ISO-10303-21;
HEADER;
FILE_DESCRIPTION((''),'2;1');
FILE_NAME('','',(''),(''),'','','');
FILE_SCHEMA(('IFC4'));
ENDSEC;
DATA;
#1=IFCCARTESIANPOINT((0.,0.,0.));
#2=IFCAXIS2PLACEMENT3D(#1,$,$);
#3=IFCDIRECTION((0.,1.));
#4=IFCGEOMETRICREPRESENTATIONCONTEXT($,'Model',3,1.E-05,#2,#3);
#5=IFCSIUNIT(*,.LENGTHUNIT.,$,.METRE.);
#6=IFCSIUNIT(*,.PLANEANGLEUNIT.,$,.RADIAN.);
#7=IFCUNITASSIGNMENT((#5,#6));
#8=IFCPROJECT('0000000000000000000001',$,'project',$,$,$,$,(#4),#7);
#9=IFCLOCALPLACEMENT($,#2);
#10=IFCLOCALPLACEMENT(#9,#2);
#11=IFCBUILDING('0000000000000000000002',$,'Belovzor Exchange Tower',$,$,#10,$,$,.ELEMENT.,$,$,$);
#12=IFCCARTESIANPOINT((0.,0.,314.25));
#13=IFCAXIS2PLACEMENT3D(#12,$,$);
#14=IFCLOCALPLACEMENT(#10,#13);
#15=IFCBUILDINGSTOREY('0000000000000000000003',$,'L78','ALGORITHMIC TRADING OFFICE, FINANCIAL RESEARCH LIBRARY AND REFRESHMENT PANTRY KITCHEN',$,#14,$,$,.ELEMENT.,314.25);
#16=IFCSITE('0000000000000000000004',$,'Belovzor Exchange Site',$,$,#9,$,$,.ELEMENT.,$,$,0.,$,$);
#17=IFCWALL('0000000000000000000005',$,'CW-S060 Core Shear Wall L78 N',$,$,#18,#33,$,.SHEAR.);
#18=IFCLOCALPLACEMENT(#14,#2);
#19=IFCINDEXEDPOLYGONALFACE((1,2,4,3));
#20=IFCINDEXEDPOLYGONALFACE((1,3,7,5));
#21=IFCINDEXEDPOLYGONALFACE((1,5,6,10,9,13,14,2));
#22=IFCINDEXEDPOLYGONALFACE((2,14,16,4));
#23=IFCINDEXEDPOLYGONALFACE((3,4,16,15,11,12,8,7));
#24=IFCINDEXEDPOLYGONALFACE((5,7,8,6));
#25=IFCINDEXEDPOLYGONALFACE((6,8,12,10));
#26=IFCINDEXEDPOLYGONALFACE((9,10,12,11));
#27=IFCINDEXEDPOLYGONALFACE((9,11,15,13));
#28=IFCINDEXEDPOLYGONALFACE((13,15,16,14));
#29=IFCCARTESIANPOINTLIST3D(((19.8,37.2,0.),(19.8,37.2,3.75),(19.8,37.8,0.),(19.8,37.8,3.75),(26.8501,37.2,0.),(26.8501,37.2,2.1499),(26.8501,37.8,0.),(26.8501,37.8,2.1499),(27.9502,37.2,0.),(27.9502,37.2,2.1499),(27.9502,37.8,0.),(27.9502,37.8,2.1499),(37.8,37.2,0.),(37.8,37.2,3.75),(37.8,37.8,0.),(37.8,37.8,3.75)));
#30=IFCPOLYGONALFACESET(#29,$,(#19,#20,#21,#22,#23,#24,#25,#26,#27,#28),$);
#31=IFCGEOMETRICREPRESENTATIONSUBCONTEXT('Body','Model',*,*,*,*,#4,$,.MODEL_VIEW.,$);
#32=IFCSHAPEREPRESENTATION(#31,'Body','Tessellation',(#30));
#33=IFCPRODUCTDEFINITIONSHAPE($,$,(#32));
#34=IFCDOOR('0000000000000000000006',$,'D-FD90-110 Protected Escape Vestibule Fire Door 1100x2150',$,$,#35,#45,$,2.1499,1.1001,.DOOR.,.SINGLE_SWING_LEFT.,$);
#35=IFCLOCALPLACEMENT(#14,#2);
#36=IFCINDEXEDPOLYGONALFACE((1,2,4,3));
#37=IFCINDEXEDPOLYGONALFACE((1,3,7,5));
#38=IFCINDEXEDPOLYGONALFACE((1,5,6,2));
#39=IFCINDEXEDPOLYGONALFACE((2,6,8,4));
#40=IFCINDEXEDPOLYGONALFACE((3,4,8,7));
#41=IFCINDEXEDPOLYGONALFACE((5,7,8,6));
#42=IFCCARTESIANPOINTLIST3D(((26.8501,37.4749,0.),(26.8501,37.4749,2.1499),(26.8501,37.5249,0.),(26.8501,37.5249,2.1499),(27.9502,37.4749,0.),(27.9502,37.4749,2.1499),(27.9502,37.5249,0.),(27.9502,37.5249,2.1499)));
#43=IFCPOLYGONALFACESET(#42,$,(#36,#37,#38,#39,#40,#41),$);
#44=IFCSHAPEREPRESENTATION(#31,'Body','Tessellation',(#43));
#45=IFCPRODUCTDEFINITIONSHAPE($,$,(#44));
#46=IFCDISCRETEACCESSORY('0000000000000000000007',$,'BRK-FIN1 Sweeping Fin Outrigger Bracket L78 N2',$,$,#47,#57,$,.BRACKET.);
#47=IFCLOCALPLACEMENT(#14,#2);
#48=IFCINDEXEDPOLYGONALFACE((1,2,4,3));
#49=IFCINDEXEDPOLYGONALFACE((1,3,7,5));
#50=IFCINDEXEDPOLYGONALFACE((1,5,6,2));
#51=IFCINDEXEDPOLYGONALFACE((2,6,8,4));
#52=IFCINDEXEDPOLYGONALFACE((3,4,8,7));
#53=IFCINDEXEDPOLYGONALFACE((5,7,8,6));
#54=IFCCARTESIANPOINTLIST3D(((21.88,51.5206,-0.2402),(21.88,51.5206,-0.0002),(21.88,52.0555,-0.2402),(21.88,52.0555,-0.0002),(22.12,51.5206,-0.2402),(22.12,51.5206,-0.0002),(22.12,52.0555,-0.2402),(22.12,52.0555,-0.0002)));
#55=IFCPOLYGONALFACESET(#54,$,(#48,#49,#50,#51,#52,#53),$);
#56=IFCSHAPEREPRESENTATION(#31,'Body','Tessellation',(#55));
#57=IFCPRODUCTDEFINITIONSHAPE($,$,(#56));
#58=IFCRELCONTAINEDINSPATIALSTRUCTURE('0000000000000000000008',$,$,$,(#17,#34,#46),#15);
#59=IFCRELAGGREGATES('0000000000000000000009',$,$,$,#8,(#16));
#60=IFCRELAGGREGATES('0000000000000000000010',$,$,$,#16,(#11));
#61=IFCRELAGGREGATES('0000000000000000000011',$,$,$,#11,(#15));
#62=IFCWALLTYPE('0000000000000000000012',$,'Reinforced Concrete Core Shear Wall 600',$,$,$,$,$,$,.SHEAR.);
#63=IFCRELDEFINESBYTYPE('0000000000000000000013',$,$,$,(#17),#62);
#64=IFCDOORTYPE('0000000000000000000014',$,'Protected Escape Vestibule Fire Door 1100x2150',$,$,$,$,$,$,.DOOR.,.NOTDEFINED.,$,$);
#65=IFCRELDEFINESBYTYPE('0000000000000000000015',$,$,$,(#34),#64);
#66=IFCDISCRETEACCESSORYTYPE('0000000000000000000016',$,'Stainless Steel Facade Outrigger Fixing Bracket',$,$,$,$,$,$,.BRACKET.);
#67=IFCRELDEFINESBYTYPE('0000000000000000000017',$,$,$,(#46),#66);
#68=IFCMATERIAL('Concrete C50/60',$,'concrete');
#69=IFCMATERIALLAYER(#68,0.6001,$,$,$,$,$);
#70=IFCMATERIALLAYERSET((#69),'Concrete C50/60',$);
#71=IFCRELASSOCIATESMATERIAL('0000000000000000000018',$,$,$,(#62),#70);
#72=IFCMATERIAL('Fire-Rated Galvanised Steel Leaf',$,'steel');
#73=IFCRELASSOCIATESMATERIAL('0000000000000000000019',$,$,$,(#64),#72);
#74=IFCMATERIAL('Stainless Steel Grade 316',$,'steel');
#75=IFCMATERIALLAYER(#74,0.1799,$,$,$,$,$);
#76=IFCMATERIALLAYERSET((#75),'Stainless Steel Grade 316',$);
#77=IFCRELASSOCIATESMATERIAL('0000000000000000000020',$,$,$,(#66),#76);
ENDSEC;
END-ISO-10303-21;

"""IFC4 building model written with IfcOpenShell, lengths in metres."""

from ifc_helpers import new_model, si_unit, direction, frame, frame_2d, origin, origin_2d, place, context, subcontext, project, spatial, rectangle, extrude, material, layer, layer_set, type_object, element, fill, save


model = new_model("IFC4")

# Units and contexts
model_context = context("Model", 3, precision=1e-05, world=origin(), true_north=direction((0.0, 1.0)))
body_context = subcontext(model_context, "Body", "Model", "MODEL_VIEW")
ifc_project = project(units=[si_unit("LENGTHUNIT", "METRE"), si_unit("PLANEANGLEUNIT", "RADIAN")], contexts=[model_context])

# Site, building, storey
site_placement = place(None, origin())
site = spatial("IfcSite", under=ifc_project, at=site_placement, Name="Belovzor Exchange Site", CompositionType="ELEMENT", RefElevation=0.0)
building_placement = place(site_placement, origin())
building = spatial("IfcBuilding", under=site, at=building_placement, Name="Belovzor Exchange Tower", CompositionType="ELEMENT")
storey_placement = place(building_placement, frame((0.0, 0.0, 314.25)))
storey = spatial("IfcBuildingStorey", under=building, at=storey_placement, Name="L78", Description="ALGORITHMIC TRADING OFFICE, FINANCIAL RESEARCH LIBRARY AND REFRESHMENT PANTRY KITCHEN", CompositionType="ELEMENT", Elevation=314.25)

# Wall, opening, door
ifc_material_1 = material(Name="Concrete C50/60", Category="concrete")
ifc_layer_1 = layer(ifc_material_1, 0.6001)
ifc_layer_set_1 = layer_set([ifc_layer_1], Name="Concrete C50/60")
wall_type_1 = type_object("IfcWallType", Name="Reinforced Concrete Core Shear Wall 600", PredefinedType="SHEAR", material=ifc_layer_set_1)
wall_1_placement = place(storey_placement, frame((19.8, 37.5, 0.0), z_axis=(0.0, 0.0, 1.0), x_axis=(1.0, 0.0, 0.0)))
wall_1 = element("IfcWall", 1, at=wall_1_placement, inside=storey, type_object=wall_type_1, Name="CW-S060 Core Shear Wall L78 N", PredefinedType="SHEAR", context=body_context, shape_type="SweptSolid", body=[
    extrude(rectangle(XDim=18.0, YDim=0.6001, at=frame_2d((9.0, 0.0))), origin(), (0.0, 0.0, 1.0), 3.75),
])
opening_1_placement = place(wall_1_placement, frame((7.05, 0.0, 0.0)))
opening_1 = element("IfcOpeningElement", 2, at=opening_1_placement, cuts=wall_1, PredefinedType="OPENING", context=body_context, shape_type="SweptSolid", body=[
    extrude(rectangle(XDim=1.1001, YDim=2.1499, at=frame_2d((0.55, 1.075))), frame((0.0, 0.3101, 0.0), z_axis=(0.0, -1.0, 0.0), x_axis=(1.0, 0.0, 0.0)), (0.0, 0.0, 1.0), 0.6201),
])
ifc_material_2 = material(Name="Fire-Rated Galvanised Steel Leaf", Category="steel")
door_type_1 = type_object("IfcDoorType", Name="Protected Escape Vestibule Fire Door 1100x2150", OperationType="NOTDEFINED", PredefinedType="DOOR", material=ifc_material_2)
door_1_placement = place(opening_1_placement, origin())
door_1 = element("IfcDoor", 3, at=door_1_placement, inside=storey, type_object=door_type_1, Name="D-FD90-110 Protected Escape Vestibule Fire Door 1100x2150", OperationType="SINGLE_SWING_LEFT", OverallHeight=2.1499, OverallWidth=1.1001, PredefinedType="DOOR", context=body_context, shape_type="SweptSolid", body=[
    extrude(rectangle(XDim=1.1001, YDim=2.1499, at=frame_2d((0.55, 1.075))), frame((0.0, 0.0249, 0.0), z_axis=(0.0, -1.0, 0.0), x_axis=(1.0, 0.0, 0.0)), (0.0, 0.0, 1.0), 0.05),
])
fill(opening_1, door_1)

# Discrete accessory
ifc_material_3 = material(Name="Stainless Steel Grade 316", Category="steel")
ifc_layer_2 = layer(ifc_material_3, 0.1799)
ifc_layer_set_2 = layer_set([ifc_layer_2], Name="Stainless Steel Grade 316")
discrete_accessory_type = type_object("IfcDiscreteAccessoryType", Name="Stainless Steel Facade Outrigger Fixing Bracket", PredefinedType="BRACKET", material=ifc_layer_set_2)
discrete_accessory_placement = place(storey_placement, frame((22.0, 51.7881, -0.2402), z_axis=(0.0, 0.0, 1.0), x_axis=(0.0, 1.0, 0.0)))
element("IfcDiscreteAccessory", 4, at=discrete_accessory_placement, inside=storey, type_object=discrete_accessory_type, Name="BRK-FIN1 Sweeping Fin Outrigger Bracket L78 N2", PredefinedType="BRACKET", context=body_context, shape_type="SweptSolid", body=[
    extrude(rectangle(XDim=0.5349, YDim=0.24, at=origin_2d()), origin(), (0.0, 0.0, 1.0), 0.24),
])

save(model, "model.ifc")
